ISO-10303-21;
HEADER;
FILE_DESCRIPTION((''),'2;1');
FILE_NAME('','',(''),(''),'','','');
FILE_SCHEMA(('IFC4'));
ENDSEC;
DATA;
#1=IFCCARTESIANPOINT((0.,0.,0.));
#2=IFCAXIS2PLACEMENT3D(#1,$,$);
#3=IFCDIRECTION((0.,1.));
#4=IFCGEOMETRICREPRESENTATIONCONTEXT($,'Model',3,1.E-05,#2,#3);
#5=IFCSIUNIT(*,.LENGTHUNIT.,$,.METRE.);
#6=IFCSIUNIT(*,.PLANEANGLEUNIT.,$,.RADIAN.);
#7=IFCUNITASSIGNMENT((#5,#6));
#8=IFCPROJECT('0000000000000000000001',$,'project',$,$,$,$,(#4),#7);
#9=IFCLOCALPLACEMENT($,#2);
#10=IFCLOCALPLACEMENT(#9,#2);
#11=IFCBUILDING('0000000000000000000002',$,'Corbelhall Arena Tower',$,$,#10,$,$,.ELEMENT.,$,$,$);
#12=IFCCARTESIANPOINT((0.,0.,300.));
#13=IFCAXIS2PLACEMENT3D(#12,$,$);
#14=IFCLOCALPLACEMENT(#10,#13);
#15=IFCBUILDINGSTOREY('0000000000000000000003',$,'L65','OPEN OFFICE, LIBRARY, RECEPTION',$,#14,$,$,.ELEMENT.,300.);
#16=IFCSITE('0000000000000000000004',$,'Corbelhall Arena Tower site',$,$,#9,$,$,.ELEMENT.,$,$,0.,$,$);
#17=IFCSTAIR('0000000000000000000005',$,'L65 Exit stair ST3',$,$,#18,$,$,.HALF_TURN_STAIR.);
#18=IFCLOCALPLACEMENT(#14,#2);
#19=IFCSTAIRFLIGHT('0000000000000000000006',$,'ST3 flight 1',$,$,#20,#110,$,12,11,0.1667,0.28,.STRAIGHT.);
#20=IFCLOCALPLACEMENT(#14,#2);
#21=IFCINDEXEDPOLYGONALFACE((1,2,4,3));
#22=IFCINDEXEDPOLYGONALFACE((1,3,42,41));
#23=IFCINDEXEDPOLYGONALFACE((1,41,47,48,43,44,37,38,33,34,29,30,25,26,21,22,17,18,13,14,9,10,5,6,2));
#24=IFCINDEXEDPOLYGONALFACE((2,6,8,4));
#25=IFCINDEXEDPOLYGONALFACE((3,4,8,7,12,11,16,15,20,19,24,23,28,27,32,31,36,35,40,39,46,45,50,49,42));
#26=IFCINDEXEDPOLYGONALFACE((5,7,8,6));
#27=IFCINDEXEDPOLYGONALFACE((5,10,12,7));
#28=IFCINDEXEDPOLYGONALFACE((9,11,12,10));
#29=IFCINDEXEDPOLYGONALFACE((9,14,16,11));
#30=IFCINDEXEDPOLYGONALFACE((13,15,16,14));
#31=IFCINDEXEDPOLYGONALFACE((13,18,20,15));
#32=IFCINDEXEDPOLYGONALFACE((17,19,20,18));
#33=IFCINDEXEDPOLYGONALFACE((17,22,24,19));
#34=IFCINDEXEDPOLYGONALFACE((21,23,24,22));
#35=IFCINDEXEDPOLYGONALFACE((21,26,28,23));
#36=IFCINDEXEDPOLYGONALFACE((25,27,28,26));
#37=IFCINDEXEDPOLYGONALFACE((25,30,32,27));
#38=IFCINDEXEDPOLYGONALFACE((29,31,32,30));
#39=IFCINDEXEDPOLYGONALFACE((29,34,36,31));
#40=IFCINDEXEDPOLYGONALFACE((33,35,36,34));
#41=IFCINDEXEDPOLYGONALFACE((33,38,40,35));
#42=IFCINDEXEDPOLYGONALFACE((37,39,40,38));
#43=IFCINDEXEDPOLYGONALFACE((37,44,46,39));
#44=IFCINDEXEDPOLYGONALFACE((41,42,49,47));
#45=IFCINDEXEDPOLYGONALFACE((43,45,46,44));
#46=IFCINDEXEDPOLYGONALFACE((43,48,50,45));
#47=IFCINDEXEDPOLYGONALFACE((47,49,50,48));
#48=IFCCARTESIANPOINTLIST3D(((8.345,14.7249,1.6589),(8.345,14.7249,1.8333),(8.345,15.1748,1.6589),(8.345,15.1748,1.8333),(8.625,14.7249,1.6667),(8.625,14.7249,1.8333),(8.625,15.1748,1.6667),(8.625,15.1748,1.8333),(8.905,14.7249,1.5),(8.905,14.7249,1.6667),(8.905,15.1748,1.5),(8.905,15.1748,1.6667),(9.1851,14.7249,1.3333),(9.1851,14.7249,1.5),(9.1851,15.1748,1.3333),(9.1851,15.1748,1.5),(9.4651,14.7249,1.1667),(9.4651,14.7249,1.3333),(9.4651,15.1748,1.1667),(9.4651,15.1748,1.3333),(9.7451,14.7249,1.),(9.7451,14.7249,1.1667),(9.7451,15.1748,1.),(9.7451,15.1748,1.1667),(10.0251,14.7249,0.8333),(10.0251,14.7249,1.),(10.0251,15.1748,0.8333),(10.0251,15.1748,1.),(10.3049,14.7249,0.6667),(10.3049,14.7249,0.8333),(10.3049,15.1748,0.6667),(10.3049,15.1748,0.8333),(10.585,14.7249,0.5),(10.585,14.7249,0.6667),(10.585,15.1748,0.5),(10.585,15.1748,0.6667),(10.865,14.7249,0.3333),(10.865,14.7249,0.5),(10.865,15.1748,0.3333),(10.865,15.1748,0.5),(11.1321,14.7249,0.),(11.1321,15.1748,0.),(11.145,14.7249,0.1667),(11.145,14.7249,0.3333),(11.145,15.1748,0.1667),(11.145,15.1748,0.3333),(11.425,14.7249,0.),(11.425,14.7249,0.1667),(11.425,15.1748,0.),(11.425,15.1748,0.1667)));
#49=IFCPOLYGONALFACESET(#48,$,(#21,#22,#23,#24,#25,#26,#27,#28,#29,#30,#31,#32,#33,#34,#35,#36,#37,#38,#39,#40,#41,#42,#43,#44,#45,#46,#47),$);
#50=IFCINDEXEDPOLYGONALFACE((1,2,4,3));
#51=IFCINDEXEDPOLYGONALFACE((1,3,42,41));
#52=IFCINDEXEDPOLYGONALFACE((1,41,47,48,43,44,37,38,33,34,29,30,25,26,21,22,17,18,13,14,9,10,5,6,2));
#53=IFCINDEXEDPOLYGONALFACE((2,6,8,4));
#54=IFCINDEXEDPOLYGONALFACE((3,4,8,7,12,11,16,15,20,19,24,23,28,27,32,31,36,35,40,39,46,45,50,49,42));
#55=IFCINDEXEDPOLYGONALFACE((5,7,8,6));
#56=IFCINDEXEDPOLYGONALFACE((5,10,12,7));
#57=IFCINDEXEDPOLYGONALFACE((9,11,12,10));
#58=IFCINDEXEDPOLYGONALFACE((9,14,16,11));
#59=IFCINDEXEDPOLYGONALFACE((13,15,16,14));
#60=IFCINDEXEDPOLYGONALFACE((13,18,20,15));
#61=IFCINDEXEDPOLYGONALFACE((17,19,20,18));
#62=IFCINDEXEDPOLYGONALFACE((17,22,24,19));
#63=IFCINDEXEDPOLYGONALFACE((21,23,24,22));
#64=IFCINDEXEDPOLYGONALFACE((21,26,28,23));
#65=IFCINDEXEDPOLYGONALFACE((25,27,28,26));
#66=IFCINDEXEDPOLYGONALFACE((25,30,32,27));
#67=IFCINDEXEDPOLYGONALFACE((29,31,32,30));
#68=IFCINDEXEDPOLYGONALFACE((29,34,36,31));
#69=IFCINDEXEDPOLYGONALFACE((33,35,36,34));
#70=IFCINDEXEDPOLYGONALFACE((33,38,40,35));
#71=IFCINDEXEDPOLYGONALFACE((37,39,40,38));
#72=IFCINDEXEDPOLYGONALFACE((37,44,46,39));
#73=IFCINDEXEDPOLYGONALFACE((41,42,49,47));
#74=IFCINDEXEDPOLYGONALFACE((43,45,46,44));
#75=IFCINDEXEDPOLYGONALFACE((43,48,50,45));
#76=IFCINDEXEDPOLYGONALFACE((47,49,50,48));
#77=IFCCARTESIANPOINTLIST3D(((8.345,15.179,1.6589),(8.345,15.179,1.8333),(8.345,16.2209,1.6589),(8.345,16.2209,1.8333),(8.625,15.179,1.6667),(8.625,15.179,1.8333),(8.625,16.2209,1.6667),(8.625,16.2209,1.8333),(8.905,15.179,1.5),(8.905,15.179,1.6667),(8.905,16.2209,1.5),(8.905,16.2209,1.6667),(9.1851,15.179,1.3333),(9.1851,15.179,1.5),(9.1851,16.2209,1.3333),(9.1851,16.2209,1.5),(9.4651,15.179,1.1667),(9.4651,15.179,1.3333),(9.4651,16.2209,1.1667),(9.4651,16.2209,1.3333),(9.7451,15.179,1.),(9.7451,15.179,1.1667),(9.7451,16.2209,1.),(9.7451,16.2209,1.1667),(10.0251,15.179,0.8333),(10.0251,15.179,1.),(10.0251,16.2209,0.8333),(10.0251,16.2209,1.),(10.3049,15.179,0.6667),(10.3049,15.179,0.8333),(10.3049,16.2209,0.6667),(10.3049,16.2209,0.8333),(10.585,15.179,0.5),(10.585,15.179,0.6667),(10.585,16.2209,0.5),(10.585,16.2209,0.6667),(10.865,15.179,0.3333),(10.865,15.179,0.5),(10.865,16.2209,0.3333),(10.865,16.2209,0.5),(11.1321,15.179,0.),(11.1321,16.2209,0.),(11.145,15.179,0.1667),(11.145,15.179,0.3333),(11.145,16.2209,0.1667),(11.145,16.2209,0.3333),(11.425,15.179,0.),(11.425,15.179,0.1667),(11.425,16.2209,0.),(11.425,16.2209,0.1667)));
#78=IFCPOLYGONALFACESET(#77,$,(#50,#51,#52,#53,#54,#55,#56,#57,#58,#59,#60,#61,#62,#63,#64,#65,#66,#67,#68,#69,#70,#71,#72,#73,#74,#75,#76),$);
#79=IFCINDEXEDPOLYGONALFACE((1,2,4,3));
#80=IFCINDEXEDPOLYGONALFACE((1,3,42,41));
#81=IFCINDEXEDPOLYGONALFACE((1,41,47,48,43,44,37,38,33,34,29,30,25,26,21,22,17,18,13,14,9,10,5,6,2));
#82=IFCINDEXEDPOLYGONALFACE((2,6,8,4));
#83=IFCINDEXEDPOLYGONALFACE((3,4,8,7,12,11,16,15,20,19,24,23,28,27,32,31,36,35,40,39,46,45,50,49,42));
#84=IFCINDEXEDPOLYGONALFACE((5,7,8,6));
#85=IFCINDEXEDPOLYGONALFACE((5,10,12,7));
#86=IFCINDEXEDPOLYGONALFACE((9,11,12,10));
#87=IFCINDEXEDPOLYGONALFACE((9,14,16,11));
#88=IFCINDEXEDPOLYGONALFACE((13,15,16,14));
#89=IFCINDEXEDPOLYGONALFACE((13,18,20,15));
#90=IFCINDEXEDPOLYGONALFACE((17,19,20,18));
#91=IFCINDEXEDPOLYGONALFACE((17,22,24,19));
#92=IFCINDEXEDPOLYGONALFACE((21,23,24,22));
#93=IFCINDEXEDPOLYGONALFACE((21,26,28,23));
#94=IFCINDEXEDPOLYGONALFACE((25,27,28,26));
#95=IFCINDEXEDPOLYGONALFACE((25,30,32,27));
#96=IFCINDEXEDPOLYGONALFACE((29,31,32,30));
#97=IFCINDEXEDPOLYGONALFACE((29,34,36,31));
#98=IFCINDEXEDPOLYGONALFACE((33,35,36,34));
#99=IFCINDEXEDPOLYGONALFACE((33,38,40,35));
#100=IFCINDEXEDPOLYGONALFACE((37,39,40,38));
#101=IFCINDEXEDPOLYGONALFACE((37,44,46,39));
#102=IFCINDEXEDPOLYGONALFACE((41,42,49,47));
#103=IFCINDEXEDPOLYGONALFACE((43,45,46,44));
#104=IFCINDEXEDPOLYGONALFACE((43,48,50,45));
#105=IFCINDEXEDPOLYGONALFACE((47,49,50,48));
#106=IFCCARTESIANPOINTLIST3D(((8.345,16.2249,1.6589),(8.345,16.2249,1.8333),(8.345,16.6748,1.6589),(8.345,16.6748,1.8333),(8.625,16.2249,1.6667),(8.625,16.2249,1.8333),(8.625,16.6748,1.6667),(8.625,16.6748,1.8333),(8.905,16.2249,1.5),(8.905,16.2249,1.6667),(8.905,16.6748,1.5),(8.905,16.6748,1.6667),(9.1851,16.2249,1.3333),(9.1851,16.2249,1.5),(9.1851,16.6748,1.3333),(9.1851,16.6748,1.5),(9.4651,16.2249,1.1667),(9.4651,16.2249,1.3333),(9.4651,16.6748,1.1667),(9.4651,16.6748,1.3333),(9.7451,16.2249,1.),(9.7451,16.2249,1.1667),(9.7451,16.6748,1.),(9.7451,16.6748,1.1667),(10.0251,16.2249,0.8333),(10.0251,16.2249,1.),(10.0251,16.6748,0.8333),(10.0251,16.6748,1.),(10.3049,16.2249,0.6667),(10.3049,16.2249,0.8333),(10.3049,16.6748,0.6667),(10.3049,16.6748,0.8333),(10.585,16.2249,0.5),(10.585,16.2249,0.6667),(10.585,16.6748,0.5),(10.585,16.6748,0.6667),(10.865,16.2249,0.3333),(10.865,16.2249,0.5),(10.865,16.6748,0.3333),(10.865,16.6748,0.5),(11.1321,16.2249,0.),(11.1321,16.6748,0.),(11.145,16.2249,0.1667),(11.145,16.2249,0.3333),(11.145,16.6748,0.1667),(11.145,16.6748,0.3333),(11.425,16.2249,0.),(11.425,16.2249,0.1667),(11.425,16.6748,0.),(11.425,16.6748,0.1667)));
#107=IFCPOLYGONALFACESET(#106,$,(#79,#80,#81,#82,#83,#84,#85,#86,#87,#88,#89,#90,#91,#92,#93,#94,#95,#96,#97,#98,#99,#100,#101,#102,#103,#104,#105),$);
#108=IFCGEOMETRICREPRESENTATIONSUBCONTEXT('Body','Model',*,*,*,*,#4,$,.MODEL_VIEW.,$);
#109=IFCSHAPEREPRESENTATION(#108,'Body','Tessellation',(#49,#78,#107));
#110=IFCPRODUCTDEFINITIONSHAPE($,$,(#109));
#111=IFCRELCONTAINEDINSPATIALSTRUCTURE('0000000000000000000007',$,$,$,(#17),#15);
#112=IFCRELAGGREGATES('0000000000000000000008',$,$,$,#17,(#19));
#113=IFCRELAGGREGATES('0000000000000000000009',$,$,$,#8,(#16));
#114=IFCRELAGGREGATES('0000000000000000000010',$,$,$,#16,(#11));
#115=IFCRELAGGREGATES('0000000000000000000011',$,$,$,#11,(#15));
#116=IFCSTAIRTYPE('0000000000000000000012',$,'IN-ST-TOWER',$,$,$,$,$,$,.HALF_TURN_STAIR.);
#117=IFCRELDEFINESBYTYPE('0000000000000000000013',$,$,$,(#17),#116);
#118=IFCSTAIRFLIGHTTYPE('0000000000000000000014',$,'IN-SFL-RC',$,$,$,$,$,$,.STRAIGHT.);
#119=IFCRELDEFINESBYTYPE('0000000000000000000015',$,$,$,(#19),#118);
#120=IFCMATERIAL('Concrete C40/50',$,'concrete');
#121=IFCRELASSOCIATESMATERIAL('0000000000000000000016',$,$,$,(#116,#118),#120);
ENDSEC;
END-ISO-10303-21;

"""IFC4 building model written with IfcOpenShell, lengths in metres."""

from ifc_helpers import new_model, si_unit, direction, frame, origin, place, context, subcontext, project, spatial, polyline, outline, extrude, material, type_object, element, aggregate, save


model = new_model("IFC4")

# Units and contexts
model_context = context("Model", 3, precision=1e-05, world=origin(), true_north=direction((0.0, 1.0)))
body_context = subcontext(model_context, "Body", "Model", "MODEL_VIEW")
ifc_project = project(units=[si_unit("LENGTHUNIT", "METRE"), si_unit("PLANEANGLEUNIT", "RADIAN")], contexts=[model_context])

# Site, building, storey
site_placement = place(None, origin())
site = spatial("IfcSite", under=ifc_project, at=site_placement, Name="Corbelhall Arena Tower site", CompositionType="ELEMENT", RefElevation=0.0)
building_placement = place(site_placement, origin())
building = spatial("IfcBuilding", under=site, at=building_placement, Name="Corbelhall Arena Tower", CompositionType="ELEMENT")
storey_placement = place(building_placement, frame((0.0, 0.0, 300.0)))
storey = spatial("IfcBuildingStorey", under=building, at=storey_placement, Name="L65", Description="OPEN OFFICE, LIBRARY, RECEPTION", CompositionType="ELEMENT", Elevation=300.0)

# Shared definitions
ifc_material_1 = material(Name="Concrete C40/50", Category="concrete")

# Stair, stair flight
stair_type = type_object("IfcStairType", Name="IN-ST-TOWER", PredefinedType="HALF_TURN_STAIR", material=ifc_material_1)
stair_placement = place(storey_placement, origin())
stair = element("IfcStair", 1, at=stair_placement, inside=storey, type_object=stair_type, Name="L65 Exit stair ST3", PredefinedType="HALF_TURN_STAIR")
stair_flight_type = type_object("IfcStairFlightType", Name="IN-SFL-RC", PredefinedType="STRAIGHT", material=ifc_material_1)
stair_flight_1_placement = place(storey_placement, frame((11.425, 15.7, 0.0), z_axis=(0.0, 0.0, 1.0), x_axis=(-1.0, 0.0, 0.0)))
stair_flight_1 = element("IfcStairFlight", 2, at=stair_flight_1_placement, type_object=stair_flight_type, Name="ST3 flight 1", NumberOfRisers=12, NumberOfTreads=11, PredefinedType="STRAIGHT", RiserHeight=0.1667, TreadLength=0.28, context=body_context, shape_type="SweptSolid", body=[
    extrude(outline(polyline([(0.0, 0.0), (0.0, 0.1667), (0.28, 0.1667), (0.28, 0.3333), (0.5601, 0.3333), (0.5601, 0.5), (0.8401, 0.5), (0.8401, 0.6667), (1.1201, 0.6667), (1.1201, 0.8333), (1.3999, 0.8333), (1.3999, 1.0), (1.6799, 1.0), (1.6799, 1.1667), (1.96, 1.1667), (1.96, 1.3333), (2.24, 1.3333), (2.24, 1.5), (2.52, 1.5), (2.52, 1.6667), (2.8, 1.6667), (2.8, 1.8333), (3.0801, 1.8333), (3.0801, 2.0), (3.0801, 1.6589), (0.293, 0.0), (0.0, 0.0)])), frame((0.0, 0.9751, 0.0), z_axis=(0.0, -1.0, 0.0), x_axis=(1.0, 0.0, 0.0)), (0.0, 0.0, 1.0), 0.45),
    extrude(outline(polyline([(0.0, 0.0), (0.0, 0.1667), (0.28, 0.1667), (0.28, 0.3333), (0.5601, 0.3333), (0.5601, 0.5), (0.8401, 0.5), (0.8401, 0.6667), (1.1201, 0.6667), (1.1201, 0.8333), (1.3999, 0.8333), (1.3999, 1.0), (1.6799, 1.0), (1.6799, 1.1667), (1.96, 1.1667), (1.96, 1.3333), (2.24, 1.3333), (2.24, 1.5), (2.52, 1.5), (2.52, 1.6667), (2.8, 1.6667), (2.8, 1.8333), (3.0801, 1.8333), (3.0801, 2.0), (3.0801, 1.6589), (0.293, 0.0), (0.0, 0.0)])), frame((0.0, 0.521, 0.0), z_axis=(0.0, -1.0, 0.0), x_axis=(1.0, 0.0, 0.0)), (0.0, 0.0, 1.0), 1.042),
    extrude(outline(polyline([(0.0, 0.0), (0.0, 0.1667), (0.28, 0.1667), (0.28, 0.3333), (0.5601, 0.3333), (0.5601, 0.5), (0.8401, 0.5), (0.8401, 0.6667), (1.1201, 0.6667), (1.1201, 0.8333), (1.3999, 0.8333), (1.3999, 1.0), (1.6799, 1.0), (1.6799, 1.1667), (1.96, 1.1667), (1.96, 1.3333), (2.24, 1.3333), (2.24, 1.5), (2.52, 1.5), (2.52, 1.6667), (2.8, 1.6667), (2.8, 1.8333), (3.0801, 1.8333), (3.0801, 2.0), (3.0801, 1.6589), (0.293, 0.0), (0.0, 0.0)])), frame((0.0, -0.5249, 0.0), z_axis=(0.0, -1.0, 0.0), x_axis=(1.0, 0.0, 0.0)), (0.0, 0.0, 1.0), 0.45),
])
aggregate(stair, [stair_flight_1])

save(model, "model.ifc")
